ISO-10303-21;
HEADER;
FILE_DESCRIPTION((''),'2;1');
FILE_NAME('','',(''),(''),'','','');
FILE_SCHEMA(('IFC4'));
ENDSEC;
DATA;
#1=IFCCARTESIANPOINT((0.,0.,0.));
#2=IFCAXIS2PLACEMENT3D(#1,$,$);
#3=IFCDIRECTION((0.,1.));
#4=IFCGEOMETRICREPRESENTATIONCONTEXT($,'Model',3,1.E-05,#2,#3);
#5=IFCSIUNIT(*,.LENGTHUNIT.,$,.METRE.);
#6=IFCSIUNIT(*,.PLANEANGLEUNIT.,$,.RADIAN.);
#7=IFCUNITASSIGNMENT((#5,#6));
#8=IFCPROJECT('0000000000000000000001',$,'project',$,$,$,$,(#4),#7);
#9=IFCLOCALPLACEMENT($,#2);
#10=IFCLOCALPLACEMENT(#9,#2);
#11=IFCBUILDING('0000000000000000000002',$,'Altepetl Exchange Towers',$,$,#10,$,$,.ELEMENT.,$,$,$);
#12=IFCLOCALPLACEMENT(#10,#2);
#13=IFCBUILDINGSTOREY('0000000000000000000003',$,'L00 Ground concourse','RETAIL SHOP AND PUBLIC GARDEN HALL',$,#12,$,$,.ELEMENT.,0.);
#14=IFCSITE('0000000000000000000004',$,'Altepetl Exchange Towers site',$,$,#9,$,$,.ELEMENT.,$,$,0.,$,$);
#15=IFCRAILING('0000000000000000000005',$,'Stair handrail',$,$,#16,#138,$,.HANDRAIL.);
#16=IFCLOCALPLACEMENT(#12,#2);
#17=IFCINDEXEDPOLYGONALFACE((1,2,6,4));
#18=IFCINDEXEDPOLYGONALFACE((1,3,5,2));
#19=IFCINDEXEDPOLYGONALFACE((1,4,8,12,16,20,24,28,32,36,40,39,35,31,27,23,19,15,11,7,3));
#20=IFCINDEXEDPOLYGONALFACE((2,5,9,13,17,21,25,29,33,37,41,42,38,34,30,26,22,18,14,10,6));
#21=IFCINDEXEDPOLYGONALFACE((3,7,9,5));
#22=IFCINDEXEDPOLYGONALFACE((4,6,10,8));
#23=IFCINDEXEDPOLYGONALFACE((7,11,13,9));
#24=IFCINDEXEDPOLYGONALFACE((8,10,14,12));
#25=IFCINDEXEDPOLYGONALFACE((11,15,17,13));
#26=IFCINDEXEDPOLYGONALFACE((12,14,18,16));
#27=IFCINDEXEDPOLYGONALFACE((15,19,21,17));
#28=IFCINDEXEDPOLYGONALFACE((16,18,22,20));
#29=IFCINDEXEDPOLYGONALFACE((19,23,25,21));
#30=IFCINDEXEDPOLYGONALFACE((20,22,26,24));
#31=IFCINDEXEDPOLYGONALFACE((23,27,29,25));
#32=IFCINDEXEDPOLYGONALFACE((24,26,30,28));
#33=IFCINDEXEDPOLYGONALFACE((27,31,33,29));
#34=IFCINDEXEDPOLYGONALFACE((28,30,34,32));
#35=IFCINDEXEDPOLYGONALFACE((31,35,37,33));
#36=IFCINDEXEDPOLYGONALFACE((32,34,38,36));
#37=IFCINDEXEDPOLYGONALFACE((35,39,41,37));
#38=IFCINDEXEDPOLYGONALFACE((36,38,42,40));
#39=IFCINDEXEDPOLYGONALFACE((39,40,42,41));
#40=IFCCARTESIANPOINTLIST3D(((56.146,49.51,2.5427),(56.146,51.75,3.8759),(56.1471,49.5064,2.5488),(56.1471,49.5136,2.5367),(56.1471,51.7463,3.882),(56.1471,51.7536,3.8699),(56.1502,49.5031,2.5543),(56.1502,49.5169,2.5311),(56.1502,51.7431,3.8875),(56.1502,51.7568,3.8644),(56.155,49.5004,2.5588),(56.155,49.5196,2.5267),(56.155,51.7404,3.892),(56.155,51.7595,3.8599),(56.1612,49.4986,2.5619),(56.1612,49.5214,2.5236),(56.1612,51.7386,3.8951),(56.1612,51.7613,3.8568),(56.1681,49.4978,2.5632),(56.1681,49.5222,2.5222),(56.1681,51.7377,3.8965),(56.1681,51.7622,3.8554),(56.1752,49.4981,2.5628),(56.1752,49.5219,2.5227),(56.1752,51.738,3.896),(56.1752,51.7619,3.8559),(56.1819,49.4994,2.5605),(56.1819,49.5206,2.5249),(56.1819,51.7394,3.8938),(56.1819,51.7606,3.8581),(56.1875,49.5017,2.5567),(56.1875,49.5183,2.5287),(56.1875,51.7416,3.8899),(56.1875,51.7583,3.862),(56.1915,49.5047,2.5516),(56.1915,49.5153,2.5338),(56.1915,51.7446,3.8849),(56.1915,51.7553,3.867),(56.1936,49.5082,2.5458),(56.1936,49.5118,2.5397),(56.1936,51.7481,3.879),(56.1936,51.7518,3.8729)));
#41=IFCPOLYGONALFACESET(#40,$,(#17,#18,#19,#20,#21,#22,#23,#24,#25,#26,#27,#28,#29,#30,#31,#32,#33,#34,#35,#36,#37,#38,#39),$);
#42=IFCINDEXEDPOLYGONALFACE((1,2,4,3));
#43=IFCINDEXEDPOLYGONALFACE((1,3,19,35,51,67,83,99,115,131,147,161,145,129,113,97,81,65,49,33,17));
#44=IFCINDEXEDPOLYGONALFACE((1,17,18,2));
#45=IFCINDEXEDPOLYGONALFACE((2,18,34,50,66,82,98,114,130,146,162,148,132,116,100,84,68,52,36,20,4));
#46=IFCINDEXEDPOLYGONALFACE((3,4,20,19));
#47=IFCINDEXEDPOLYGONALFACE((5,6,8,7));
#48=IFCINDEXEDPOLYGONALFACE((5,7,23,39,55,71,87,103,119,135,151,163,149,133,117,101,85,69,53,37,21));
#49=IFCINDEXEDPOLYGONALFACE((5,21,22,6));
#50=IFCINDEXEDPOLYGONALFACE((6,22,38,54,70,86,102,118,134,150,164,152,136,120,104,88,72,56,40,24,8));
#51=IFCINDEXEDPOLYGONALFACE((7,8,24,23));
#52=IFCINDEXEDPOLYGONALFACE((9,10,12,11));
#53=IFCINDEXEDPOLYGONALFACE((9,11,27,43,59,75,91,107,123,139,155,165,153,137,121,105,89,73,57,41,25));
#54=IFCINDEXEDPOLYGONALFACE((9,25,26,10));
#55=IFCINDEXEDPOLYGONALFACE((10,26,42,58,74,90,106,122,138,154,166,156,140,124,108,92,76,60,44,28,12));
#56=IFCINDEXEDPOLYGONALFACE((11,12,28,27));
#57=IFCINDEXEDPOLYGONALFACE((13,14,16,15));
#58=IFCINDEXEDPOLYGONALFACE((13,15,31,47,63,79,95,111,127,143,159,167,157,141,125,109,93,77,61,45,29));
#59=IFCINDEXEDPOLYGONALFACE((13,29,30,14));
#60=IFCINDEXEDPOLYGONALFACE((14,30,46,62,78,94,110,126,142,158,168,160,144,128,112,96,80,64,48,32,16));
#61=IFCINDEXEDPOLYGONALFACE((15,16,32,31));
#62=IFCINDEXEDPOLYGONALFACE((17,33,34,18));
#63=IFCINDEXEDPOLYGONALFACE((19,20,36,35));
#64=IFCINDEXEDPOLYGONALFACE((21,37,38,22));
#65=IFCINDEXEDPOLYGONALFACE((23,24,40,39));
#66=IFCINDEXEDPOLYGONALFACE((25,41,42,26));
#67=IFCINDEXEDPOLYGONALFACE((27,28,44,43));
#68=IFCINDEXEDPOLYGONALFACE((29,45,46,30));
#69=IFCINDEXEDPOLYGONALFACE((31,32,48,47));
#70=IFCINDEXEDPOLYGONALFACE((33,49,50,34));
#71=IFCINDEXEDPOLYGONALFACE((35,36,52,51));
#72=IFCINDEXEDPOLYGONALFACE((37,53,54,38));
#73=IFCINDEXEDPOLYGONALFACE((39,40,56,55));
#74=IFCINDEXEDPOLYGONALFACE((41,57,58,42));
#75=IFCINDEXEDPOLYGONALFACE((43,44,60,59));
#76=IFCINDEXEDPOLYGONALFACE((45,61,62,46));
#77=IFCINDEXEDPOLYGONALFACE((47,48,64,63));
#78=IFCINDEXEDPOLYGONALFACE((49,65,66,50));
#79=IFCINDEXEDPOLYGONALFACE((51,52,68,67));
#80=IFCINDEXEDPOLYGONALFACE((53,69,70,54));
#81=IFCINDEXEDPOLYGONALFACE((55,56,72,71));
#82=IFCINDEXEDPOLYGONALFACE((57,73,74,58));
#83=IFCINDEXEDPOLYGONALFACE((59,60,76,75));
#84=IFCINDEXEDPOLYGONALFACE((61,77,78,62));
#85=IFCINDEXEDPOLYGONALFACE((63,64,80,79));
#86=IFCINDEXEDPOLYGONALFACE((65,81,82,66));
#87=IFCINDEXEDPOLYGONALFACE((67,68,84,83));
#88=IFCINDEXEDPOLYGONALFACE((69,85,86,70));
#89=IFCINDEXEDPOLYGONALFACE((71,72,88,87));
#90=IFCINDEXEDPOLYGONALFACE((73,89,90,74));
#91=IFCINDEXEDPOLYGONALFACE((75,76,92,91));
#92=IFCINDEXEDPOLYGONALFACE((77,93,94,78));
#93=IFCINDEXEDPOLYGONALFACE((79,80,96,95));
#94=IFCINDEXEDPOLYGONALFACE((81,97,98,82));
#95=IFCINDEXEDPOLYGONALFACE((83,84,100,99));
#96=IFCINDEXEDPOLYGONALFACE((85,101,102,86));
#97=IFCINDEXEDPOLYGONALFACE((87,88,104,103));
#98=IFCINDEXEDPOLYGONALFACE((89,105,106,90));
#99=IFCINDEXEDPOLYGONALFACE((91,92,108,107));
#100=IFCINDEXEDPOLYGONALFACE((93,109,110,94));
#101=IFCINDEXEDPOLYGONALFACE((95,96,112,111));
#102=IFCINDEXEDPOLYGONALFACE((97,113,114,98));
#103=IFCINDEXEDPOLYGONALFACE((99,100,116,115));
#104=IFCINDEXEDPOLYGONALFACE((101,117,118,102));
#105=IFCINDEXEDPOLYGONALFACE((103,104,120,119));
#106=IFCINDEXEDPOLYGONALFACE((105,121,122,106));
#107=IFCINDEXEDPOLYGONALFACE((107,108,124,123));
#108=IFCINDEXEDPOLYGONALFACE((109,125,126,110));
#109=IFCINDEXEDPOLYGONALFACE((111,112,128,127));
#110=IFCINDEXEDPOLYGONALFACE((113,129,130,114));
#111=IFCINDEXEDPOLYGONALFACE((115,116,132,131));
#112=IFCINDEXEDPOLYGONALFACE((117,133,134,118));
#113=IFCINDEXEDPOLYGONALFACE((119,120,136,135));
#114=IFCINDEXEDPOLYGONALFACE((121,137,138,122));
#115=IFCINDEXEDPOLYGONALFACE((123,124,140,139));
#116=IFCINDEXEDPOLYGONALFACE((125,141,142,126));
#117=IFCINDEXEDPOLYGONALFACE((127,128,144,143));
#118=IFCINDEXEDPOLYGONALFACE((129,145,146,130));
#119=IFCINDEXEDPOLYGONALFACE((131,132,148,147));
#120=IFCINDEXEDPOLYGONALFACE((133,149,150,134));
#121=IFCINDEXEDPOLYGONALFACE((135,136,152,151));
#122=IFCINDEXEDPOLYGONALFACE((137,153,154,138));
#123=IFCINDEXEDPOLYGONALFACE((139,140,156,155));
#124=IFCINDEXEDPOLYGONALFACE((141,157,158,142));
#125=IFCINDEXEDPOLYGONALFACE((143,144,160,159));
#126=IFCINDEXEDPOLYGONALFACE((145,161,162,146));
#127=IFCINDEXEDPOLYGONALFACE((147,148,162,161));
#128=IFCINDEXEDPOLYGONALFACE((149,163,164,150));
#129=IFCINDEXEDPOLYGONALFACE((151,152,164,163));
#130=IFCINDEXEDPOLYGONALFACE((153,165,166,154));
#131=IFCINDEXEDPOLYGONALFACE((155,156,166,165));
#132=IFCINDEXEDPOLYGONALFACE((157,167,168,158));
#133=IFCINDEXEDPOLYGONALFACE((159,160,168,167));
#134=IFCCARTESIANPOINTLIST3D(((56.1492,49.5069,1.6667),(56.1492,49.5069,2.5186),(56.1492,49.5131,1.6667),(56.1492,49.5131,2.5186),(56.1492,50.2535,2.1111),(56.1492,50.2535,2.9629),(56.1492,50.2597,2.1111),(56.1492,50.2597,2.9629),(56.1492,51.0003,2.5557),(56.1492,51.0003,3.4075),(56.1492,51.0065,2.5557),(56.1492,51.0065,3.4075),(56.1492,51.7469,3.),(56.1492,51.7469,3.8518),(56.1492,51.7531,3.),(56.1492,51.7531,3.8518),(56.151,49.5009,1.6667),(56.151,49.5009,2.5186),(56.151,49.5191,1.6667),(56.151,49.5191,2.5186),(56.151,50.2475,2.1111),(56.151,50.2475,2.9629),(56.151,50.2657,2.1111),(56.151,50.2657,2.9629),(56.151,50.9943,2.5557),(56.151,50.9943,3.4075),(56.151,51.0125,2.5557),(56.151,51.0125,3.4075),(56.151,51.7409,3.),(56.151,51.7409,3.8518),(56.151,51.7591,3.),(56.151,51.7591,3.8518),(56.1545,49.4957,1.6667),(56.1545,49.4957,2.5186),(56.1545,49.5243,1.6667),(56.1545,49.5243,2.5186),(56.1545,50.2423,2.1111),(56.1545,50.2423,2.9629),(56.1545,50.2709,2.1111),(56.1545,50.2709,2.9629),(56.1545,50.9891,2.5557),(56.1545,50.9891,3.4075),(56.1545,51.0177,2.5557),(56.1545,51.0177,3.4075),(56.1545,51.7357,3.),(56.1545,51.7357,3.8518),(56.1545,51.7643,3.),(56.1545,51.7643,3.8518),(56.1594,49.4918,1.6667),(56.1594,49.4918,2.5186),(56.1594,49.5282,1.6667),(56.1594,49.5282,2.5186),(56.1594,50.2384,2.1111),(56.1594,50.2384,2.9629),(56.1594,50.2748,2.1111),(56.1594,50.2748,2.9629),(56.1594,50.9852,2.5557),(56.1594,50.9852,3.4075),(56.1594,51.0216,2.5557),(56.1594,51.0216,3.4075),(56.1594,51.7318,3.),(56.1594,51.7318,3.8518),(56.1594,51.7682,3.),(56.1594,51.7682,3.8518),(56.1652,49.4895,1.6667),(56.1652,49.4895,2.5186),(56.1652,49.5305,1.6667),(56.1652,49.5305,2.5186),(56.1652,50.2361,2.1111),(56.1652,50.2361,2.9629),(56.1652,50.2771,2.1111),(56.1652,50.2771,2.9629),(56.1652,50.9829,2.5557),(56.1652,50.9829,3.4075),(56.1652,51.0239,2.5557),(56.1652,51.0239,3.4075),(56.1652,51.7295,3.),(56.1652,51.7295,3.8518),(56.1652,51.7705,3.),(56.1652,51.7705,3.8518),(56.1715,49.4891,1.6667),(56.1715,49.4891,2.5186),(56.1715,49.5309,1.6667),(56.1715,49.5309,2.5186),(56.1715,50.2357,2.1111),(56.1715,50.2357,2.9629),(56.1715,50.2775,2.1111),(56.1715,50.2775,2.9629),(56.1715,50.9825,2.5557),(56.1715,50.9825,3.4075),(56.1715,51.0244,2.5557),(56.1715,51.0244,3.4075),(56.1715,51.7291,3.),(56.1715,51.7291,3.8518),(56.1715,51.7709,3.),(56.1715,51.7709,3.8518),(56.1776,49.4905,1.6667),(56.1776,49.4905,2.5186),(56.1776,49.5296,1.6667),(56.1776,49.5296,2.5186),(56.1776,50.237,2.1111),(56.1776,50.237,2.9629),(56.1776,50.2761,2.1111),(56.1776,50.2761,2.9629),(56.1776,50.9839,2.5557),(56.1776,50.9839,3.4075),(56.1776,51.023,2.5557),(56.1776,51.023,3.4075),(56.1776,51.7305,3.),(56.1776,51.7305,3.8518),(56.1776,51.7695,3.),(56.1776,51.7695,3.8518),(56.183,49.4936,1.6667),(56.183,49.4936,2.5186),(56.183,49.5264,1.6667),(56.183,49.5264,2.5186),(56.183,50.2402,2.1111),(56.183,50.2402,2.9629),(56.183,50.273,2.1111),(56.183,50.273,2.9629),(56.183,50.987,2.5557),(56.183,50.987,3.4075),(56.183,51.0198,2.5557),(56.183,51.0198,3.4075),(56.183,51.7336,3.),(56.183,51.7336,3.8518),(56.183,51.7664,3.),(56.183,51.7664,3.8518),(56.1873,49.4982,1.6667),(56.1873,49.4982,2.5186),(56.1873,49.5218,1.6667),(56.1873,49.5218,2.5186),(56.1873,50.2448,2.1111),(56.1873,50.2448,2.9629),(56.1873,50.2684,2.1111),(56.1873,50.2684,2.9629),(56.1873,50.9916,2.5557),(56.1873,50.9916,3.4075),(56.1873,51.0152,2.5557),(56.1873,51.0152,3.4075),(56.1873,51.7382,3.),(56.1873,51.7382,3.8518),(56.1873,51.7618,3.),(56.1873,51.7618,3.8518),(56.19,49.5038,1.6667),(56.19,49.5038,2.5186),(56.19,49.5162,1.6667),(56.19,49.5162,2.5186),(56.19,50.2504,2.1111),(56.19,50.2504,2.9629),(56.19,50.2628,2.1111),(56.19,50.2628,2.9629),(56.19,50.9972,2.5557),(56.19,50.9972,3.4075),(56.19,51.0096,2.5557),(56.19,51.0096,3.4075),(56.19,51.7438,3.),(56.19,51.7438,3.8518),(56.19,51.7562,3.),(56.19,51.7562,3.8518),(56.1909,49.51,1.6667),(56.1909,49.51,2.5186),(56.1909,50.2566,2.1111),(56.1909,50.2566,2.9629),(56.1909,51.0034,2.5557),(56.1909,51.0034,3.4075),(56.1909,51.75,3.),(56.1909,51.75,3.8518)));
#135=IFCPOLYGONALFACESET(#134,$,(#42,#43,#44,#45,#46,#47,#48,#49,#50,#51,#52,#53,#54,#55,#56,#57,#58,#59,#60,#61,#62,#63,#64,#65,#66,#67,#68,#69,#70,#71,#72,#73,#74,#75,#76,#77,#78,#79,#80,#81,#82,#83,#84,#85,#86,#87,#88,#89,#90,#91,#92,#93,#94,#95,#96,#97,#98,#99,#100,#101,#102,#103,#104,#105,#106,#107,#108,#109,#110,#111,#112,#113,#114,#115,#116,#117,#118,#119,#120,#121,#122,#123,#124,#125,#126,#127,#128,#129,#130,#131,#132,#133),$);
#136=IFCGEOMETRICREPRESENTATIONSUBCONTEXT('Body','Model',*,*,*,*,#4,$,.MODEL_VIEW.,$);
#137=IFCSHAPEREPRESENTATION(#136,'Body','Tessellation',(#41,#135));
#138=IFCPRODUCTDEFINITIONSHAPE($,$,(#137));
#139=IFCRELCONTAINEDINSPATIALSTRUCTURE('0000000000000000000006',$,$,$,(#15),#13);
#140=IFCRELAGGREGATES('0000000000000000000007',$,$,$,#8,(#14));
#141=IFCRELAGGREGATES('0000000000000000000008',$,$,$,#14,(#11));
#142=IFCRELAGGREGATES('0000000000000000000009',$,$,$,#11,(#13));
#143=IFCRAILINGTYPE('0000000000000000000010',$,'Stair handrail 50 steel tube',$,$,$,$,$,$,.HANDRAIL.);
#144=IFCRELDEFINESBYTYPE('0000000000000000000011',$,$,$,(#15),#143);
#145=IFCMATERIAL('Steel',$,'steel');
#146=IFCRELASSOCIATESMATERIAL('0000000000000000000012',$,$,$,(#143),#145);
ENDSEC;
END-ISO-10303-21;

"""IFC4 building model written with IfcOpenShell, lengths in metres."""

from ifc_helpers import new_model, si_unit, direction, frame, origin, origin_2d, place, context, subcontext, project, spatial, circle, extrude, source, transform, mapped, material, type_object, element, save


model = new_model("IFC4")

# Units and contexts
model_context = context("Model", 3, precision=1e-05, world=origin(), true_north=direction((0.0, 1.0)))
body_context = subcontext(model_context, "Body", "Model", "MODEL_VIEW")
ifc_project = project(units=[si_unit("LENGTHUNIT", "METRE"), si_unit("PLANEANGLEUNIT", "RADIAN")], contexts=[model_context])

# Site, building, storey
site_placement = place(None, origin())
site = spatial("IfcSite", under=ifc_project, at=site_placement, Name="Altepetl Exchange Towers site", CompositionType="ELEMENT", RefElevation=0.0)
building_placement = place(site_placement, origin())
building = spatial("IfcBuilding", under=site, at=building_placement, Name="Altepetl Exchange Towers", CompositionType="ELEMENT")
storey_placement = place(building_placement, origin())
storey = spatial("IfcBuildingStorey", under=building, at=storey_placement, Name="L00 Ground concourse", Description="RETAIL SHOP AND PUBLIC GARDEN HALL", CompositionType="ELEMENT", Elevation=0.0)

# Railing
ifc_material_1 = material(Name="Steel", Category="steel")
railing_type = type_object("IfcRailingType", Name="Stair handrail 50 steel tube", PredefinedType="HANDRAIL", material=ifc_material_1)
shared_shape = source(origin(), body_context, "Body", "SweptSolid", [
    extrude(circle(Radius=0.021, at=origin_2d()), origin(), (0.0, 0.0, 1.0), 0.8518),
])
railing_1_placement = place(storey_placement, frame((56.1699, 49.51, 1.6667)))
element("IfcRailing", 1, at=railing_1_placement, inside=storey, type_object=railing_type, Name="Stair handrail", PredefinedType="HANDRAIL", context=body_context, shape_type="SweptSolid", body=[
    extrude(circle(Radius=0.0239, at=origin_2d()), frame((0.0, 0.0, 0.876), z_axis=(0.0, 0.859306, 0.511462), x_axis=(-1.0, 0.0, 0.0)), (0.0, 0.0, 1.0), 2.6067),
    mapped(shared_shape, transform((0.0, 0.0, 0.0))),
    mapped(shared_shape, transform((0.0, 0.7466, 0.4443))),
    mapped(shared_shape, transform((0.0, 1.4934, 0.8889))),
    mapped(shared_shape, transform((0.0, 2.24, 1.3333))),
])

save(model, "model.ifc")
